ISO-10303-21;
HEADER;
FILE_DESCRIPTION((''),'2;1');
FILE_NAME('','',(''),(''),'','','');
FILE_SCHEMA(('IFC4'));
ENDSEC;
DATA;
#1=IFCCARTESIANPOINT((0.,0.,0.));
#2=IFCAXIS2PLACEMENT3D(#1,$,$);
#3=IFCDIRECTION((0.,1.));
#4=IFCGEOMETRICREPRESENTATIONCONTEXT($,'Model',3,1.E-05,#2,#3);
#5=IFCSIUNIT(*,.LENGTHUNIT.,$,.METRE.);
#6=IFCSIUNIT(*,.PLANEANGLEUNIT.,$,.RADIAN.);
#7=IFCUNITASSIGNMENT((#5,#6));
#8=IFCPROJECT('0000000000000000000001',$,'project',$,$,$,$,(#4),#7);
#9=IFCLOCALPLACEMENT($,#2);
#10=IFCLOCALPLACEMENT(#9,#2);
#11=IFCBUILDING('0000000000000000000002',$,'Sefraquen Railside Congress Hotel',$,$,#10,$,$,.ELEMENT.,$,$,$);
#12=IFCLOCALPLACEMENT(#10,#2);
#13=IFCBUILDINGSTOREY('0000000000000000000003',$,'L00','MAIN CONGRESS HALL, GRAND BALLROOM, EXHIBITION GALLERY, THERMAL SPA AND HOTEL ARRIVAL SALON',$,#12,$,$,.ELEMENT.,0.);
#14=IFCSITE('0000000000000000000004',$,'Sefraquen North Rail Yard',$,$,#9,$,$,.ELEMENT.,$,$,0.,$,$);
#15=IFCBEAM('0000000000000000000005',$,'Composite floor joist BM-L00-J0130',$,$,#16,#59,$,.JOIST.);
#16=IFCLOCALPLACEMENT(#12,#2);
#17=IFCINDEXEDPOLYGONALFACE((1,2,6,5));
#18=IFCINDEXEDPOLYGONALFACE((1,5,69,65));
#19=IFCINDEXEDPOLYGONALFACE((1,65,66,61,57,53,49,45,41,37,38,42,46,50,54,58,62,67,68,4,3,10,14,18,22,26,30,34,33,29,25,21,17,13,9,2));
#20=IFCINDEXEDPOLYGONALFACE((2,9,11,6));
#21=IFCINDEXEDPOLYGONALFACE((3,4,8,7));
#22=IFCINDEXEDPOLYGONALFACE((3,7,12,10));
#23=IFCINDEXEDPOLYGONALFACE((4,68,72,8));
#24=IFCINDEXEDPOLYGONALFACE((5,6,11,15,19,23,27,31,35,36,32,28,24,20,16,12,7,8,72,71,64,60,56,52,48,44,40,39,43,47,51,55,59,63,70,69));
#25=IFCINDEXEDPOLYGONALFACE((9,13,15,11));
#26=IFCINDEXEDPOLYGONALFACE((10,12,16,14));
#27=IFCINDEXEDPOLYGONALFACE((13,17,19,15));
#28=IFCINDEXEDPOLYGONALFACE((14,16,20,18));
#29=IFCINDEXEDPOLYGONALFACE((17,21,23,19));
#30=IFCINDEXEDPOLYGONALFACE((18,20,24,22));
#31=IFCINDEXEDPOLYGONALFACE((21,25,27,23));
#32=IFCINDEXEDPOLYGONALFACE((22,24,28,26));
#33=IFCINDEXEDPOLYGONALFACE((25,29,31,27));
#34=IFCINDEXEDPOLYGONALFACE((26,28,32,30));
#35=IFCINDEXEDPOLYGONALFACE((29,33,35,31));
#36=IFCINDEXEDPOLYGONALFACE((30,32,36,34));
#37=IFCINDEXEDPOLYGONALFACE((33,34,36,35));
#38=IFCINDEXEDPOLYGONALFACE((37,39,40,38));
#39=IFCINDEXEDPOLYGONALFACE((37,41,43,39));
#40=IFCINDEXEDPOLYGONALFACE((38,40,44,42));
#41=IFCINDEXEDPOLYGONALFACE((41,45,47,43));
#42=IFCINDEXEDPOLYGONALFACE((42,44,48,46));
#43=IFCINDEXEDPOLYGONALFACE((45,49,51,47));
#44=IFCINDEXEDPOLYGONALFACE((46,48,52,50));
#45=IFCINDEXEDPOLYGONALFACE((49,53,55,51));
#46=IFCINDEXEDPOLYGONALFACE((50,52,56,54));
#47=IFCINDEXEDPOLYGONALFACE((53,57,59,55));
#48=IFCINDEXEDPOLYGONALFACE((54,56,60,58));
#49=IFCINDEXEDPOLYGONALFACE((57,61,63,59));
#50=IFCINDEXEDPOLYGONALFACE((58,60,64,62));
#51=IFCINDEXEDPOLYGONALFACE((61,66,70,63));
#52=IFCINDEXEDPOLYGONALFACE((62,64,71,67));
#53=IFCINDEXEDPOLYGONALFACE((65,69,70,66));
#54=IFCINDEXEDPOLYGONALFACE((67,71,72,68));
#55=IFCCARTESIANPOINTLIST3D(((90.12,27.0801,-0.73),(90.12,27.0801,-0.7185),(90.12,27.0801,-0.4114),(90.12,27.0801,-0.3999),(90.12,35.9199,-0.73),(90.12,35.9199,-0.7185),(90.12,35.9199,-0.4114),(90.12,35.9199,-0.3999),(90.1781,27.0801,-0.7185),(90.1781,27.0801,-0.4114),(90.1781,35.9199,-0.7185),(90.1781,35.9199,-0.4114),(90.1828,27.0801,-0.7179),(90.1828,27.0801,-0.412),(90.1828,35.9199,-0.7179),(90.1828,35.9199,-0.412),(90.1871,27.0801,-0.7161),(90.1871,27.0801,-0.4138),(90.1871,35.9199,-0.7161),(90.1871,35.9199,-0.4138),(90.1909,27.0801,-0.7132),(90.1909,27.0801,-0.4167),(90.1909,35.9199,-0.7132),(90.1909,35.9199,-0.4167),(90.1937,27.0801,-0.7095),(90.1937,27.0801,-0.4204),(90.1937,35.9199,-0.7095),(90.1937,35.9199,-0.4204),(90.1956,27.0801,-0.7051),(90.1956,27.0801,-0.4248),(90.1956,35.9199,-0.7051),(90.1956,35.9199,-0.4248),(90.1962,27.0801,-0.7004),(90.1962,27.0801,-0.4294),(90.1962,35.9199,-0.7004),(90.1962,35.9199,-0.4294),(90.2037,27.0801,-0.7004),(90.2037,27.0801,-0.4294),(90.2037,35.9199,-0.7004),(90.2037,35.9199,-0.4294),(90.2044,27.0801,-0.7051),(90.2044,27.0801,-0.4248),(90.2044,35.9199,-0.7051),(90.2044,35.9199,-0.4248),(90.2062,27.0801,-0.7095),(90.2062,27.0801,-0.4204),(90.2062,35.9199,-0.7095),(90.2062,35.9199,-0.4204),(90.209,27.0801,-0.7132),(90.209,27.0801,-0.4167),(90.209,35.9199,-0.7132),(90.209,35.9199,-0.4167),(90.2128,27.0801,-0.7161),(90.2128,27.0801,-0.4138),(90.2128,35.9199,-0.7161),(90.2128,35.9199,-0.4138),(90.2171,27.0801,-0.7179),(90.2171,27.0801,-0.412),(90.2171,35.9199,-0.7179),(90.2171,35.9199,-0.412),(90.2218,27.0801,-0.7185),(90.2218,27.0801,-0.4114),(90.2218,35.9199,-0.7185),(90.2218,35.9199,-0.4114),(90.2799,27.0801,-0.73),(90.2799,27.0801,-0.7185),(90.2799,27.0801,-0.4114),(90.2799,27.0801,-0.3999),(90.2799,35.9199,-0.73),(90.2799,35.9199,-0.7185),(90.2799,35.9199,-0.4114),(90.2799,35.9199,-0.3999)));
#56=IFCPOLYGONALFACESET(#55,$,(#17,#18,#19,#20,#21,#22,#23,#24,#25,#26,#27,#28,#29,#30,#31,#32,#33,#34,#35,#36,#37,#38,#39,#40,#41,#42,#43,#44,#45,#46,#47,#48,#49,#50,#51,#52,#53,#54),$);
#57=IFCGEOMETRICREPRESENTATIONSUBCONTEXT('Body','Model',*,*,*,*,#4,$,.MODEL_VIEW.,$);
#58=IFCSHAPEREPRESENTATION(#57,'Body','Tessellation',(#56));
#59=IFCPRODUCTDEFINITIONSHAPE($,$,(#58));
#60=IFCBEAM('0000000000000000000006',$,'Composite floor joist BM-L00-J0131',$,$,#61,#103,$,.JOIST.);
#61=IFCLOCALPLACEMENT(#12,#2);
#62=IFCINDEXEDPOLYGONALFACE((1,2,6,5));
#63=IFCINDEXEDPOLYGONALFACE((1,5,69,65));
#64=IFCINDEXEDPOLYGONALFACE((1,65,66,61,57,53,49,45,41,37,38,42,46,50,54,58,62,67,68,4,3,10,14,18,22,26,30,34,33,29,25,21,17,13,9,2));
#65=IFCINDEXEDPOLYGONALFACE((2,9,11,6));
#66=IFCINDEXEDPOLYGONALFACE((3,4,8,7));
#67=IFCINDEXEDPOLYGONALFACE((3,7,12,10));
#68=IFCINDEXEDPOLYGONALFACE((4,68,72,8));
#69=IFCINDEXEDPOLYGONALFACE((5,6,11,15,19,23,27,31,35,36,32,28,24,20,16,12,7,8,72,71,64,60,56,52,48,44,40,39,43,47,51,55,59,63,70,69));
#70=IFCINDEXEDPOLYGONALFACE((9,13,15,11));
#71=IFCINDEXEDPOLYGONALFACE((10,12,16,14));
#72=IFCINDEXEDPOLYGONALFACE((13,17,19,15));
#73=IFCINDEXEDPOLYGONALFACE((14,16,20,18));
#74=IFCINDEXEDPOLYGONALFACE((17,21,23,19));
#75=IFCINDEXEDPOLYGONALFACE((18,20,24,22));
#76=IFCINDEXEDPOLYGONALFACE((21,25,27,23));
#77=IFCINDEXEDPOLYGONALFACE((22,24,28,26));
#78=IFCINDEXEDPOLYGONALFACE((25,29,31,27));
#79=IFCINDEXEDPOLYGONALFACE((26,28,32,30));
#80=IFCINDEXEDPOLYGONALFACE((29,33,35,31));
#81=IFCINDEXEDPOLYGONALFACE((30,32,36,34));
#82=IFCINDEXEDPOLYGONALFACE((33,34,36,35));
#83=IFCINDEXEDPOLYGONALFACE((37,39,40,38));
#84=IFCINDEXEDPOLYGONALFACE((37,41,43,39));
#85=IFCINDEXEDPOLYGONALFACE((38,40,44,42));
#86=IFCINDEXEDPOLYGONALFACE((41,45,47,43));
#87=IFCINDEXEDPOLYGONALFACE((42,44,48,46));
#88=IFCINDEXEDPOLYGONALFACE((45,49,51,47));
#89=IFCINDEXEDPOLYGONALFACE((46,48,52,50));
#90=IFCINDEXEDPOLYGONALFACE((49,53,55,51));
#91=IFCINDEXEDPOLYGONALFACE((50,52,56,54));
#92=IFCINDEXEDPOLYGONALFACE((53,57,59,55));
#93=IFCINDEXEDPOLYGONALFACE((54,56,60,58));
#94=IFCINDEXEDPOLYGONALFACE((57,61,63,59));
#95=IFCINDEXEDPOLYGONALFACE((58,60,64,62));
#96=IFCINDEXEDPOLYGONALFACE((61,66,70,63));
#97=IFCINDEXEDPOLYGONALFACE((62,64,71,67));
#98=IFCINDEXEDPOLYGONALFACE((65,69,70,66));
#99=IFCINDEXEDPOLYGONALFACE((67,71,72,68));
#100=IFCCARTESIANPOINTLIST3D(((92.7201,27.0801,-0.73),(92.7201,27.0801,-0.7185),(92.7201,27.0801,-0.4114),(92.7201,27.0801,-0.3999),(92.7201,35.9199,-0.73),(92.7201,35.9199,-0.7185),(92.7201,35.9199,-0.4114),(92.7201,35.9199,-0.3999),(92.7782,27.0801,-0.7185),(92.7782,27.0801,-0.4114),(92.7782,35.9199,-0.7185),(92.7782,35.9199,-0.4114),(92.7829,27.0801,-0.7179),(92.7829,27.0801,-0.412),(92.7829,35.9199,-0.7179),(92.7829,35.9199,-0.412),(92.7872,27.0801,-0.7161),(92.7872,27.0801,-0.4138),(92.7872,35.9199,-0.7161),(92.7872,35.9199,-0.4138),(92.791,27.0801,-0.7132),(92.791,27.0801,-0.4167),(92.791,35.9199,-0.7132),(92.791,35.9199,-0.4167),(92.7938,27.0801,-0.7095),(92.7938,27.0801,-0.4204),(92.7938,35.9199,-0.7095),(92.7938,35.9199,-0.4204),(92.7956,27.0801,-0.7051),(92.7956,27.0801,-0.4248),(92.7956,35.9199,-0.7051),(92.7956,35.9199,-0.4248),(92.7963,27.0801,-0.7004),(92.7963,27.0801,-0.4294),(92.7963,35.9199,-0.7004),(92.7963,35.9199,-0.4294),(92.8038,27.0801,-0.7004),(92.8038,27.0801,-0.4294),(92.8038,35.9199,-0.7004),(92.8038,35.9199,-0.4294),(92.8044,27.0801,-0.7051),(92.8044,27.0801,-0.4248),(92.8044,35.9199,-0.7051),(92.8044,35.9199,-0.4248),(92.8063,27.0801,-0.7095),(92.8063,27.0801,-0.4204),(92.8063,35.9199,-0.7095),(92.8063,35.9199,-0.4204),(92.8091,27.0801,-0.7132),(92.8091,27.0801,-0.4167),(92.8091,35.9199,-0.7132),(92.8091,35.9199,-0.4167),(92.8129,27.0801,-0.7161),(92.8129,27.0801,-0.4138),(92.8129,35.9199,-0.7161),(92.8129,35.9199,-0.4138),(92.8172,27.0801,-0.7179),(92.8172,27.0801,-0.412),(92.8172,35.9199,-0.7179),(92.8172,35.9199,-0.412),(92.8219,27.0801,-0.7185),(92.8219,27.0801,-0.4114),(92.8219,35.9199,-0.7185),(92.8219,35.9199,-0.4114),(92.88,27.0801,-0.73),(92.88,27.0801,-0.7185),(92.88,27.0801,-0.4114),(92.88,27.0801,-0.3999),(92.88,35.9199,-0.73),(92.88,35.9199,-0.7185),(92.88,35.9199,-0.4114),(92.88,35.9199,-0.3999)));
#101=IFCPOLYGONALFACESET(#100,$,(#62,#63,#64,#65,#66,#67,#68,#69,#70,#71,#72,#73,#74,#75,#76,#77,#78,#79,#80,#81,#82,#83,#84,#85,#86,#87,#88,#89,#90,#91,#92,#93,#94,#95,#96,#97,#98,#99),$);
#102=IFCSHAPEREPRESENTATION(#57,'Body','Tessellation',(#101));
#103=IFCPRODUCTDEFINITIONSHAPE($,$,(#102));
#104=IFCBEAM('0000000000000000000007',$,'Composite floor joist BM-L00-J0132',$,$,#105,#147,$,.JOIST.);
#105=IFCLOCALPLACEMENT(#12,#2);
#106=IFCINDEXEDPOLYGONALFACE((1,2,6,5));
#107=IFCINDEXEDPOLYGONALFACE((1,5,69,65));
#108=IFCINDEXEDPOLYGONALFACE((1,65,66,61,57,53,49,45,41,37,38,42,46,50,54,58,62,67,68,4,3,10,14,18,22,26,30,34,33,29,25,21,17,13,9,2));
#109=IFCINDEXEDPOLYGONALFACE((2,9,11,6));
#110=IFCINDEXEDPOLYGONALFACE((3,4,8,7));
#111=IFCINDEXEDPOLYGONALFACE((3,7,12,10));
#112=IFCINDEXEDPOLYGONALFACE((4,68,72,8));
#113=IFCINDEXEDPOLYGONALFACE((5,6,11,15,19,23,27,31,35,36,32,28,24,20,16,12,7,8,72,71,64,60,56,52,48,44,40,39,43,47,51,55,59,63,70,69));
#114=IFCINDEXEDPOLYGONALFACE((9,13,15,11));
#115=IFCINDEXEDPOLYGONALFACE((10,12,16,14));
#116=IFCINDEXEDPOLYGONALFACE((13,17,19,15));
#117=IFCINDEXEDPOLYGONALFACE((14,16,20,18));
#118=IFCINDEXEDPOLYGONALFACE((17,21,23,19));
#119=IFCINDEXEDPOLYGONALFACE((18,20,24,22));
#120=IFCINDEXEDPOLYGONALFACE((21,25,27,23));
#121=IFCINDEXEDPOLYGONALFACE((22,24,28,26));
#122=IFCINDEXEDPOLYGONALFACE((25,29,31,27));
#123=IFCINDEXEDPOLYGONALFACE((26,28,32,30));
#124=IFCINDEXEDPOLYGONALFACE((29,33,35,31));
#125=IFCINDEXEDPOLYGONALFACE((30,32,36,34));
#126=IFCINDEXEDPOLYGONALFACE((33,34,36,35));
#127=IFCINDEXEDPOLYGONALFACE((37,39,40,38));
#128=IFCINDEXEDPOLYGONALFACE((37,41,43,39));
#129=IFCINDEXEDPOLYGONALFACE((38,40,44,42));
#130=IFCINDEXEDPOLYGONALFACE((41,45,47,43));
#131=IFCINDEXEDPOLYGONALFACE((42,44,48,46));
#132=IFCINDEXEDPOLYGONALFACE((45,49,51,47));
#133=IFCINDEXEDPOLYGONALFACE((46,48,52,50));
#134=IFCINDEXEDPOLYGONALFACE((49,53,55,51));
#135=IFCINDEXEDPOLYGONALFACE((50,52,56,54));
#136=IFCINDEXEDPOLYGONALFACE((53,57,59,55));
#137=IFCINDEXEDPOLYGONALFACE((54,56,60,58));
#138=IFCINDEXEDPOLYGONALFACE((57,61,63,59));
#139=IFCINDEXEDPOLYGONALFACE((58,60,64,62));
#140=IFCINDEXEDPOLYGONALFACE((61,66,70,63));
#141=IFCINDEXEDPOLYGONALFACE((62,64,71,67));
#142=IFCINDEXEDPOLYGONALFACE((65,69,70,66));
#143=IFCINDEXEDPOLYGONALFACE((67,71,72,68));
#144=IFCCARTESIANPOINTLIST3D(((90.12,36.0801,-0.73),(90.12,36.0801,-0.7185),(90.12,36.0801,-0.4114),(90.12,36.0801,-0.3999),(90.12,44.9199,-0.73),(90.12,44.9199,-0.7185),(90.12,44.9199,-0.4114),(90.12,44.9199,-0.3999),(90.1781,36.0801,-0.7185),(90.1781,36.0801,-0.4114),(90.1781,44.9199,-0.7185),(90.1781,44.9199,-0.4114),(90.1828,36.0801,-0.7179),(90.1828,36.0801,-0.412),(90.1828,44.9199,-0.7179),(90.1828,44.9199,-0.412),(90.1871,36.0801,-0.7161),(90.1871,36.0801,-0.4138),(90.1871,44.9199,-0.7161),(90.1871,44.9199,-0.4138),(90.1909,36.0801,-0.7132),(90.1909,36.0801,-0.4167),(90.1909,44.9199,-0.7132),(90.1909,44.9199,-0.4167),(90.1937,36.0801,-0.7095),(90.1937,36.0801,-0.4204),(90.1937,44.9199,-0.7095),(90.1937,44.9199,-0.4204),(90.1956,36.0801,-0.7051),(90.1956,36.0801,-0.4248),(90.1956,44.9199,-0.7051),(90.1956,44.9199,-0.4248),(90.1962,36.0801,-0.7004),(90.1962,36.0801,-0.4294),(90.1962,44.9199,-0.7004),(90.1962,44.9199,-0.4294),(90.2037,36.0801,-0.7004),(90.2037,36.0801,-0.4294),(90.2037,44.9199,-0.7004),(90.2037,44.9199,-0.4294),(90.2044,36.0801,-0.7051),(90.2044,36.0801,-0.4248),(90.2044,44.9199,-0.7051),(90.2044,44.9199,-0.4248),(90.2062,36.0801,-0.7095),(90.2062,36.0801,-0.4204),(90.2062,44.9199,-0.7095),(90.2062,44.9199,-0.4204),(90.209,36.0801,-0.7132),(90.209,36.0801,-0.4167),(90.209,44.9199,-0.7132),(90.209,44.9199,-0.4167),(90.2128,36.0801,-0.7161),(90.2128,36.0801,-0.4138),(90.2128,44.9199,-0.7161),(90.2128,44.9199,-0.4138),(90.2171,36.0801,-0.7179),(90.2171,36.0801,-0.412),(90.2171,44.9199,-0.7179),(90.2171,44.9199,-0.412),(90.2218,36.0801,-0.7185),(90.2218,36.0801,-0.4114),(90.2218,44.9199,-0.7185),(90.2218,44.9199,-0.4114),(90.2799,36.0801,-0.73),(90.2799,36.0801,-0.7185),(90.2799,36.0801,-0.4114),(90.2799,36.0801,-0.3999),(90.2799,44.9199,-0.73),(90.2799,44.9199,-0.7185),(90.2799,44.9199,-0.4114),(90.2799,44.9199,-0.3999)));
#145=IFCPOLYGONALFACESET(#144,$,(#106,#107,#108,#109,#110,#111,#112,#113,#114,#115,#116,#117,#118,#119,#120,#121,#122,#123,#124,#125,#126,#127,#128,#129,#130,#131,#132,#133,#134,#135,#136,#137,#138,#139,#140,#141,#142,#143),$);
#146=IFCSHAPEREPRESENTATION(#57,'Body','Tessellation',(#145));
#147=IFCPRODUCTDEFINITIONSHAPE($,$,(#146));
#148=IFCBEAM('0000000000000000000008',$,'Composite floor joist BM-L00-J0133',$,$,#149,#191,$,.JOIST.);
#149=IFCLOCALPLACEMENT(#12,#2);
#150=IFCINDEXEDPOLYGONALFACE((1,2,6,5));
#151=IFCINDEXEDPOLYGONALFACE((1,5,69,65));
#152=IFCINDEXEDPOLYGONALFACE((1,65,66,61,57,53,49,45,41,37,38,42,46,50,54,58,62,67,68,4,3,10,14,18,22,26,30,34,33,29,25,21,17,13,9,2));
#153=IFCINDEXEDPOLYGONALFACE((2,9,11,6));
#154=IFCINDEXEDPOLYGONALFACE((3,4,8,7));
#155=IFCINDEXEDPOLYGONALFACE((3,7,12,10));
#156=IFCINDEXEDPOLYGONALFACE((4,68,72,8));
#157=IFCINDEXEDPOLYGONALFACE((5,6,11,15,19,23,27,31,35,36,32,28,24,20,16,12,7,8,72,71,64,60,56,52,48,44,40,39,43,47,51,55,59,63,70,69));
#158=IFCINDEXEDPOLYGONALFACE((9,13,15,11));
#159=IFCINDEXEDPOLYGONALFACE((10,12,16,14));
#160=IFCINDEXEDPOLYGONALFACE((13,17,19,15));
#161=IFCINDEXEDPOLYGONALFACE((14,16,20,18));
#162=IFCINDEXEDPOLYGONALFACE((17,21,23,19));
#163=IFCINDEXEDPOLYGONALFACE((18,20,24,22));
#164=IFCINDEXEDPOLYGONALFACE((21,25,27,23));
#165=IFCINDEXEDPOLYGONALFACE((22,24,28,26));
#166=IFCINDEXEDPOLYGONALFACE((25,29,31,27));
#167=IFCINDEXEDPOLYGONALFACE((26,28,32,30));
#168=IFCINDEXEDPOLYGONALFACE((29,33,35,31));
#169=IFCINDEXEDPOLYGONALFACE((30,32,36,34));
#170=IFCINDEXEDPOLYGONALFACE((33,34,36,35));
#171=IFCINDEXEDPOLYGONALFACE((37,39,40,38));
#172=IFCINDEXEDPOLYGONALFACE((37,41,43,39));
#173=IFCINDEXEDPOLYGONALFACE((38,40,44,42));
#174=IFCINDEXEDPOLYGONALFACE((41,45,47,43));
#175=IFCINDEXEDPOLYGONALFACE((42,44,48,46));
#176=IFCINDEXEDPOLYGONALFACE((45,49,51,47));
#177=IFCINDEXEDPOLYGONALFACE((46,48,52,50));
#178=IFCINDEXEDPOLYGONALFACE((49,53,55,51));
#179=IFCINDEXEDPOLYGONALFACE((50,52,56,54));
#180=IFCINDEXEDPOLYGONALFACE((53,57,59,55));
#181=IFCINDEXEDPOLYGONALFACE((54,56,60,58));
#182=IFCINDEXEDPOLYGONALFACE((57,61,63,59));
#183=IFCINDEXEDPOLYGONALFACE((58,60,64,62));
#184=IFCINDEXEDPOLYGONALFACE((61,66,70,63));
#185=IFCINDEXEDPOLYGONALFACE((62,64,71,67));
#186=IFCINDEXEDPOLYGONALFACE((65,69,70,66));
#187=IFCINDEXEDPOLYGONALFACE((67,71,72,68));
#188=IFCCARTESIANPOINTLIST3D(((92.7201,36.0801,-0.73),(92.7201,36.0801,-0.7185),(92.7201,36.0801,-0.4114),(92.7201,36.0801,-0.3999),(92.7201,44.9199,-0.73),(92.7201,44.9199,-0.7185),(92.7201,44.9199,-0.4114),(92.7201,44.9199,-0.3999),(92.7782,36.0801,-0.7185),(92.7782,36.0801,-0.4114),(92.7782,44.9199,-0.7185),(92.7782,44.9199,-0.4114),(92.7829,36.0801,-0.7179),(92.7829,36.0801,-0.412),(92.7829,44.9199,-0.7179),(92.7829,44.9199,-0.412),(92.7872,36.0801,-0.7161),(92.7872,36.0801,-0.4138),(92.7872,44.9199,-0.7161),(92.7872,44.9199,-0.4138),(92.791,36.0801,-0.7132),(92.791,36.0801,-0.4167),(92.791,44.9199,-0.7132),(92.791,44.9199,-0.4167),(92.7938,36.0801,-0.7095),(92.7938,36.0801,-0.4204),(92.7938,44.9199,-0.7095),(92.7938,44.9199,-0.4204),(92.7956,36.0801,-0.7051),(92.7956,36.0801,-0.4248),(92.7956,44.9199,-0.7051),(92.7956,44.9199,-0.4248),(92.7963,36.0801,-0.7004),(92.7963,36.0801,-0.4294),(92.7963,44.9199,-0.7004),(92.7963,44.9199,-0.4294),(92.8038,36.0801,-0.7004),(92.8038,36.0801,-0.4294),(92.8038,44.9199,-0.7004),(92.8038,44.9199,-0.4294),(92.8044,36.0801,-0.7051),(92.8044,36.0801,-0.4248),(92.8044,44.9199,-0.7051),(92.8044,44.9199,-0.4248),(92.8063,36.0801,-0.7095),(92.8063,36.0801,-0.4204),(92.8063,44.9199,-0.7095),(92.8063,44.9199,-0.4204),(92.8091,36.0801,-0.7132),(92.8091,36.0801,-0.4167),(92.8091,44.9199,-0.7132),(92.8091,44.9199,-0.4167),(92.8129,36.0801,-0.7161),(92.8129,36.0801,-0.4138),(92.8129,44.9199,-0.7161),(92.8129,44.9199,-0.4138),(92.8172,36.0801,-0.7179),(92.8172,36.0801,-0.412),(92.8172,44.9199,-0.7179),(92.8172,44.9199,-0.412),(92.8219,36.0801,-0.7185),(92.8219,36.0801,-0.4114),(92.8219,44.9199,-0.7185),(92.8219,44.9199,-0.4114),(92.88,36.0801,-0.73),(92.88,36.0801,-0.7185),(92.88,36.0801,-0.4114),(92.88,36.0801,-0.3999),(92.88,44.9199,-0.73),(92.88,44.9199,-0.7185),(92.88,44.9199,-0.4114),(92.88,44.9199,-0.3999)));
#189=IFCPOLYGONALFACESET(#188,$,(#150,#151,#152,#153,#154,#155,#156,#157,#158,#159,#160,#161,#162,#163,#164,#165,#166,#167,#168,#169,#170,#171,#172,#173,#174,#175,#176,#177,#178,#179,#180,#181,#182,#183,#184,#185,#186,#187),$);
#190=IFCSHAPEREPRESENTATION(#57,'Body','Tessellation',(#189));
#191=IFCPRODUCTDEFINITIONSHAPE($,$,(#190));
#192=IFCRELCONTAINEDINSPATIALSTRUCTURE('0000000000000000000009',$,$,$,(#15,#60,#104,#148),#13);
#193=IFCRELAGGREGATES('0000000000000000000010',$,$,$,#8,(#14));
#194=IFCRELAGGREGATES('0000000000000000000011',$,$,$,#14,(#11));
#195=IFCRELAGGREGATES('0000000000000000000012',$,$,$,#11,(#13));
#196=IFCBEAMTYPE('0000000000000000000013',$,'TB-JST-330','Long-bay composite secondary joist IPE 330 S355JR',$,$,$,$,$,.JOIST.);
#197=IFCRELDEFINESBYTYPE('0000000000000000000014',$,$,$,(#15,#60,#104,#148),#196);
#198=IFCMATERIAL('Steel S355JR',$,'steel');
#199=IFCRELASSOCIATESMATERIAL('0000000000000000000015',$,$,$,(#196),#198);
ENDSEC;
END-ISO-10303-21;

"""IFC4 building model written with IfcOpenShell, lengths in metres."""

from ifc_helpers import new_model, si_unit, direction, frame, origin, origin_2d, place, context, subcontext, project, spatial, i_section, extrude, material, material_profile, profile_set, type_object, element, save


model = new_model("IFC4")

# Units and contexts
model_context = context("Model", 3, precision=1e-05, world=origin(), true_north=direction((0.0, 1.0)))
body_context = subcontext(model_context, "Body", "Model", "MODEL_VIEW")
ifc_project = project(units=[si_unit("LENGTHUNIT", "METRE"), si_unit("PLANEANGLEUNIT", "RADIAN")], contexts=[model_context])

# Site, building, storey
site_placement = place(None, origin())
site = spatial("IfcSite", under=ifc_project, at=site_placement, Name="Sefraquen North Rail Yard", CompositionType="ELEMENT", RefElevation=0.0)
building_placement = place(site_placement, origin())
building = spatial("IfcBuilding", under=site, at=building_placement, Name="Sefraquen Railside Congress Hotel", CompositionType="ELEMENT")
storey_placement = place(building_placement, origin())
storey = spatial("IfcBuildingStorey", under=building, at=storey_placement, Name="L00", Description="MAIN CONGRESS HALL, GRAND BALLROOM, EXHIBITION GALLERY, THERMAL SPA AND HOTEL ARRIVAL SALON", CompositionType="ELEMENT", Elevation=0.0)

# Shared definitions
ifc_material_1 = material(Name="Steel S355JR", Category="steel")

# Beams
ifc_material_profile_1 = material_profile(ifc_material_1, i_section(OverallWidth=0.1599, OverallDepth=0.3301, WebThickness=0.0076, FlangeThickness=0.0115, FilletRadius=0.0181, at=origin_2d()), Name="IPE 330")
ifc_profile_set_1 = profile_set([ifc_material_profile_1], Name="Steel S355JR")
beam_type_1 = type_object("IfcBeamType", Name="TB-JST-330", Description="Long-bay composite secondary joist IPE 330 S355JR", PredefinedType="JOIST", material=ifc_profile_set_1)
for number, where, z_axis, x_axis, name in (
    (1, (90.2, 27.0801, -0.5649), (0.0, 1.0, 0.0), (-1.0, 0.0, 0.0), "Composite floor joist BM-L00-J0130"),
    (2, (92.8, 27.0801, -0.5649), (0.0, 1.0, 0.0), (-1.0, 0.0, 0.0), "Composite floor joist BM-L00-J0131"),
    (3, (90.2, 36.0801, -0.5649), (0.0, 1.0, 0.0), (-1.0, 0.0, 0.0), "Composite floor joist BM-L00-J0132"),
    (4, (92.8, 36.0801, -0.5649), (0.0, 1.0, 0.0), (-1.0, 0.0, 0.0), "Composite floor joist BM-L00-J0133"),
):
    element("IfcBeam", number, at=place(storey_placement, frame(where, z_axis=z_axis, x_axis=x_axis)), inside=storey, type_object=beam_type_1, Name=name, PredefinedType="JOIST", context=body_context, shape_type="SweptSolid", body=[
        extrude(i_section(OverallWidth=0.1599, OverallDepth=0.3301, WebThickness=0.0076, FlangeThickness=0.0115, FilletRadius=0.0181, at=origin_2d()), origin(), (0.0, 0.0, 1.0), 8.8398),
    ])

save(model, "model.ifc")
